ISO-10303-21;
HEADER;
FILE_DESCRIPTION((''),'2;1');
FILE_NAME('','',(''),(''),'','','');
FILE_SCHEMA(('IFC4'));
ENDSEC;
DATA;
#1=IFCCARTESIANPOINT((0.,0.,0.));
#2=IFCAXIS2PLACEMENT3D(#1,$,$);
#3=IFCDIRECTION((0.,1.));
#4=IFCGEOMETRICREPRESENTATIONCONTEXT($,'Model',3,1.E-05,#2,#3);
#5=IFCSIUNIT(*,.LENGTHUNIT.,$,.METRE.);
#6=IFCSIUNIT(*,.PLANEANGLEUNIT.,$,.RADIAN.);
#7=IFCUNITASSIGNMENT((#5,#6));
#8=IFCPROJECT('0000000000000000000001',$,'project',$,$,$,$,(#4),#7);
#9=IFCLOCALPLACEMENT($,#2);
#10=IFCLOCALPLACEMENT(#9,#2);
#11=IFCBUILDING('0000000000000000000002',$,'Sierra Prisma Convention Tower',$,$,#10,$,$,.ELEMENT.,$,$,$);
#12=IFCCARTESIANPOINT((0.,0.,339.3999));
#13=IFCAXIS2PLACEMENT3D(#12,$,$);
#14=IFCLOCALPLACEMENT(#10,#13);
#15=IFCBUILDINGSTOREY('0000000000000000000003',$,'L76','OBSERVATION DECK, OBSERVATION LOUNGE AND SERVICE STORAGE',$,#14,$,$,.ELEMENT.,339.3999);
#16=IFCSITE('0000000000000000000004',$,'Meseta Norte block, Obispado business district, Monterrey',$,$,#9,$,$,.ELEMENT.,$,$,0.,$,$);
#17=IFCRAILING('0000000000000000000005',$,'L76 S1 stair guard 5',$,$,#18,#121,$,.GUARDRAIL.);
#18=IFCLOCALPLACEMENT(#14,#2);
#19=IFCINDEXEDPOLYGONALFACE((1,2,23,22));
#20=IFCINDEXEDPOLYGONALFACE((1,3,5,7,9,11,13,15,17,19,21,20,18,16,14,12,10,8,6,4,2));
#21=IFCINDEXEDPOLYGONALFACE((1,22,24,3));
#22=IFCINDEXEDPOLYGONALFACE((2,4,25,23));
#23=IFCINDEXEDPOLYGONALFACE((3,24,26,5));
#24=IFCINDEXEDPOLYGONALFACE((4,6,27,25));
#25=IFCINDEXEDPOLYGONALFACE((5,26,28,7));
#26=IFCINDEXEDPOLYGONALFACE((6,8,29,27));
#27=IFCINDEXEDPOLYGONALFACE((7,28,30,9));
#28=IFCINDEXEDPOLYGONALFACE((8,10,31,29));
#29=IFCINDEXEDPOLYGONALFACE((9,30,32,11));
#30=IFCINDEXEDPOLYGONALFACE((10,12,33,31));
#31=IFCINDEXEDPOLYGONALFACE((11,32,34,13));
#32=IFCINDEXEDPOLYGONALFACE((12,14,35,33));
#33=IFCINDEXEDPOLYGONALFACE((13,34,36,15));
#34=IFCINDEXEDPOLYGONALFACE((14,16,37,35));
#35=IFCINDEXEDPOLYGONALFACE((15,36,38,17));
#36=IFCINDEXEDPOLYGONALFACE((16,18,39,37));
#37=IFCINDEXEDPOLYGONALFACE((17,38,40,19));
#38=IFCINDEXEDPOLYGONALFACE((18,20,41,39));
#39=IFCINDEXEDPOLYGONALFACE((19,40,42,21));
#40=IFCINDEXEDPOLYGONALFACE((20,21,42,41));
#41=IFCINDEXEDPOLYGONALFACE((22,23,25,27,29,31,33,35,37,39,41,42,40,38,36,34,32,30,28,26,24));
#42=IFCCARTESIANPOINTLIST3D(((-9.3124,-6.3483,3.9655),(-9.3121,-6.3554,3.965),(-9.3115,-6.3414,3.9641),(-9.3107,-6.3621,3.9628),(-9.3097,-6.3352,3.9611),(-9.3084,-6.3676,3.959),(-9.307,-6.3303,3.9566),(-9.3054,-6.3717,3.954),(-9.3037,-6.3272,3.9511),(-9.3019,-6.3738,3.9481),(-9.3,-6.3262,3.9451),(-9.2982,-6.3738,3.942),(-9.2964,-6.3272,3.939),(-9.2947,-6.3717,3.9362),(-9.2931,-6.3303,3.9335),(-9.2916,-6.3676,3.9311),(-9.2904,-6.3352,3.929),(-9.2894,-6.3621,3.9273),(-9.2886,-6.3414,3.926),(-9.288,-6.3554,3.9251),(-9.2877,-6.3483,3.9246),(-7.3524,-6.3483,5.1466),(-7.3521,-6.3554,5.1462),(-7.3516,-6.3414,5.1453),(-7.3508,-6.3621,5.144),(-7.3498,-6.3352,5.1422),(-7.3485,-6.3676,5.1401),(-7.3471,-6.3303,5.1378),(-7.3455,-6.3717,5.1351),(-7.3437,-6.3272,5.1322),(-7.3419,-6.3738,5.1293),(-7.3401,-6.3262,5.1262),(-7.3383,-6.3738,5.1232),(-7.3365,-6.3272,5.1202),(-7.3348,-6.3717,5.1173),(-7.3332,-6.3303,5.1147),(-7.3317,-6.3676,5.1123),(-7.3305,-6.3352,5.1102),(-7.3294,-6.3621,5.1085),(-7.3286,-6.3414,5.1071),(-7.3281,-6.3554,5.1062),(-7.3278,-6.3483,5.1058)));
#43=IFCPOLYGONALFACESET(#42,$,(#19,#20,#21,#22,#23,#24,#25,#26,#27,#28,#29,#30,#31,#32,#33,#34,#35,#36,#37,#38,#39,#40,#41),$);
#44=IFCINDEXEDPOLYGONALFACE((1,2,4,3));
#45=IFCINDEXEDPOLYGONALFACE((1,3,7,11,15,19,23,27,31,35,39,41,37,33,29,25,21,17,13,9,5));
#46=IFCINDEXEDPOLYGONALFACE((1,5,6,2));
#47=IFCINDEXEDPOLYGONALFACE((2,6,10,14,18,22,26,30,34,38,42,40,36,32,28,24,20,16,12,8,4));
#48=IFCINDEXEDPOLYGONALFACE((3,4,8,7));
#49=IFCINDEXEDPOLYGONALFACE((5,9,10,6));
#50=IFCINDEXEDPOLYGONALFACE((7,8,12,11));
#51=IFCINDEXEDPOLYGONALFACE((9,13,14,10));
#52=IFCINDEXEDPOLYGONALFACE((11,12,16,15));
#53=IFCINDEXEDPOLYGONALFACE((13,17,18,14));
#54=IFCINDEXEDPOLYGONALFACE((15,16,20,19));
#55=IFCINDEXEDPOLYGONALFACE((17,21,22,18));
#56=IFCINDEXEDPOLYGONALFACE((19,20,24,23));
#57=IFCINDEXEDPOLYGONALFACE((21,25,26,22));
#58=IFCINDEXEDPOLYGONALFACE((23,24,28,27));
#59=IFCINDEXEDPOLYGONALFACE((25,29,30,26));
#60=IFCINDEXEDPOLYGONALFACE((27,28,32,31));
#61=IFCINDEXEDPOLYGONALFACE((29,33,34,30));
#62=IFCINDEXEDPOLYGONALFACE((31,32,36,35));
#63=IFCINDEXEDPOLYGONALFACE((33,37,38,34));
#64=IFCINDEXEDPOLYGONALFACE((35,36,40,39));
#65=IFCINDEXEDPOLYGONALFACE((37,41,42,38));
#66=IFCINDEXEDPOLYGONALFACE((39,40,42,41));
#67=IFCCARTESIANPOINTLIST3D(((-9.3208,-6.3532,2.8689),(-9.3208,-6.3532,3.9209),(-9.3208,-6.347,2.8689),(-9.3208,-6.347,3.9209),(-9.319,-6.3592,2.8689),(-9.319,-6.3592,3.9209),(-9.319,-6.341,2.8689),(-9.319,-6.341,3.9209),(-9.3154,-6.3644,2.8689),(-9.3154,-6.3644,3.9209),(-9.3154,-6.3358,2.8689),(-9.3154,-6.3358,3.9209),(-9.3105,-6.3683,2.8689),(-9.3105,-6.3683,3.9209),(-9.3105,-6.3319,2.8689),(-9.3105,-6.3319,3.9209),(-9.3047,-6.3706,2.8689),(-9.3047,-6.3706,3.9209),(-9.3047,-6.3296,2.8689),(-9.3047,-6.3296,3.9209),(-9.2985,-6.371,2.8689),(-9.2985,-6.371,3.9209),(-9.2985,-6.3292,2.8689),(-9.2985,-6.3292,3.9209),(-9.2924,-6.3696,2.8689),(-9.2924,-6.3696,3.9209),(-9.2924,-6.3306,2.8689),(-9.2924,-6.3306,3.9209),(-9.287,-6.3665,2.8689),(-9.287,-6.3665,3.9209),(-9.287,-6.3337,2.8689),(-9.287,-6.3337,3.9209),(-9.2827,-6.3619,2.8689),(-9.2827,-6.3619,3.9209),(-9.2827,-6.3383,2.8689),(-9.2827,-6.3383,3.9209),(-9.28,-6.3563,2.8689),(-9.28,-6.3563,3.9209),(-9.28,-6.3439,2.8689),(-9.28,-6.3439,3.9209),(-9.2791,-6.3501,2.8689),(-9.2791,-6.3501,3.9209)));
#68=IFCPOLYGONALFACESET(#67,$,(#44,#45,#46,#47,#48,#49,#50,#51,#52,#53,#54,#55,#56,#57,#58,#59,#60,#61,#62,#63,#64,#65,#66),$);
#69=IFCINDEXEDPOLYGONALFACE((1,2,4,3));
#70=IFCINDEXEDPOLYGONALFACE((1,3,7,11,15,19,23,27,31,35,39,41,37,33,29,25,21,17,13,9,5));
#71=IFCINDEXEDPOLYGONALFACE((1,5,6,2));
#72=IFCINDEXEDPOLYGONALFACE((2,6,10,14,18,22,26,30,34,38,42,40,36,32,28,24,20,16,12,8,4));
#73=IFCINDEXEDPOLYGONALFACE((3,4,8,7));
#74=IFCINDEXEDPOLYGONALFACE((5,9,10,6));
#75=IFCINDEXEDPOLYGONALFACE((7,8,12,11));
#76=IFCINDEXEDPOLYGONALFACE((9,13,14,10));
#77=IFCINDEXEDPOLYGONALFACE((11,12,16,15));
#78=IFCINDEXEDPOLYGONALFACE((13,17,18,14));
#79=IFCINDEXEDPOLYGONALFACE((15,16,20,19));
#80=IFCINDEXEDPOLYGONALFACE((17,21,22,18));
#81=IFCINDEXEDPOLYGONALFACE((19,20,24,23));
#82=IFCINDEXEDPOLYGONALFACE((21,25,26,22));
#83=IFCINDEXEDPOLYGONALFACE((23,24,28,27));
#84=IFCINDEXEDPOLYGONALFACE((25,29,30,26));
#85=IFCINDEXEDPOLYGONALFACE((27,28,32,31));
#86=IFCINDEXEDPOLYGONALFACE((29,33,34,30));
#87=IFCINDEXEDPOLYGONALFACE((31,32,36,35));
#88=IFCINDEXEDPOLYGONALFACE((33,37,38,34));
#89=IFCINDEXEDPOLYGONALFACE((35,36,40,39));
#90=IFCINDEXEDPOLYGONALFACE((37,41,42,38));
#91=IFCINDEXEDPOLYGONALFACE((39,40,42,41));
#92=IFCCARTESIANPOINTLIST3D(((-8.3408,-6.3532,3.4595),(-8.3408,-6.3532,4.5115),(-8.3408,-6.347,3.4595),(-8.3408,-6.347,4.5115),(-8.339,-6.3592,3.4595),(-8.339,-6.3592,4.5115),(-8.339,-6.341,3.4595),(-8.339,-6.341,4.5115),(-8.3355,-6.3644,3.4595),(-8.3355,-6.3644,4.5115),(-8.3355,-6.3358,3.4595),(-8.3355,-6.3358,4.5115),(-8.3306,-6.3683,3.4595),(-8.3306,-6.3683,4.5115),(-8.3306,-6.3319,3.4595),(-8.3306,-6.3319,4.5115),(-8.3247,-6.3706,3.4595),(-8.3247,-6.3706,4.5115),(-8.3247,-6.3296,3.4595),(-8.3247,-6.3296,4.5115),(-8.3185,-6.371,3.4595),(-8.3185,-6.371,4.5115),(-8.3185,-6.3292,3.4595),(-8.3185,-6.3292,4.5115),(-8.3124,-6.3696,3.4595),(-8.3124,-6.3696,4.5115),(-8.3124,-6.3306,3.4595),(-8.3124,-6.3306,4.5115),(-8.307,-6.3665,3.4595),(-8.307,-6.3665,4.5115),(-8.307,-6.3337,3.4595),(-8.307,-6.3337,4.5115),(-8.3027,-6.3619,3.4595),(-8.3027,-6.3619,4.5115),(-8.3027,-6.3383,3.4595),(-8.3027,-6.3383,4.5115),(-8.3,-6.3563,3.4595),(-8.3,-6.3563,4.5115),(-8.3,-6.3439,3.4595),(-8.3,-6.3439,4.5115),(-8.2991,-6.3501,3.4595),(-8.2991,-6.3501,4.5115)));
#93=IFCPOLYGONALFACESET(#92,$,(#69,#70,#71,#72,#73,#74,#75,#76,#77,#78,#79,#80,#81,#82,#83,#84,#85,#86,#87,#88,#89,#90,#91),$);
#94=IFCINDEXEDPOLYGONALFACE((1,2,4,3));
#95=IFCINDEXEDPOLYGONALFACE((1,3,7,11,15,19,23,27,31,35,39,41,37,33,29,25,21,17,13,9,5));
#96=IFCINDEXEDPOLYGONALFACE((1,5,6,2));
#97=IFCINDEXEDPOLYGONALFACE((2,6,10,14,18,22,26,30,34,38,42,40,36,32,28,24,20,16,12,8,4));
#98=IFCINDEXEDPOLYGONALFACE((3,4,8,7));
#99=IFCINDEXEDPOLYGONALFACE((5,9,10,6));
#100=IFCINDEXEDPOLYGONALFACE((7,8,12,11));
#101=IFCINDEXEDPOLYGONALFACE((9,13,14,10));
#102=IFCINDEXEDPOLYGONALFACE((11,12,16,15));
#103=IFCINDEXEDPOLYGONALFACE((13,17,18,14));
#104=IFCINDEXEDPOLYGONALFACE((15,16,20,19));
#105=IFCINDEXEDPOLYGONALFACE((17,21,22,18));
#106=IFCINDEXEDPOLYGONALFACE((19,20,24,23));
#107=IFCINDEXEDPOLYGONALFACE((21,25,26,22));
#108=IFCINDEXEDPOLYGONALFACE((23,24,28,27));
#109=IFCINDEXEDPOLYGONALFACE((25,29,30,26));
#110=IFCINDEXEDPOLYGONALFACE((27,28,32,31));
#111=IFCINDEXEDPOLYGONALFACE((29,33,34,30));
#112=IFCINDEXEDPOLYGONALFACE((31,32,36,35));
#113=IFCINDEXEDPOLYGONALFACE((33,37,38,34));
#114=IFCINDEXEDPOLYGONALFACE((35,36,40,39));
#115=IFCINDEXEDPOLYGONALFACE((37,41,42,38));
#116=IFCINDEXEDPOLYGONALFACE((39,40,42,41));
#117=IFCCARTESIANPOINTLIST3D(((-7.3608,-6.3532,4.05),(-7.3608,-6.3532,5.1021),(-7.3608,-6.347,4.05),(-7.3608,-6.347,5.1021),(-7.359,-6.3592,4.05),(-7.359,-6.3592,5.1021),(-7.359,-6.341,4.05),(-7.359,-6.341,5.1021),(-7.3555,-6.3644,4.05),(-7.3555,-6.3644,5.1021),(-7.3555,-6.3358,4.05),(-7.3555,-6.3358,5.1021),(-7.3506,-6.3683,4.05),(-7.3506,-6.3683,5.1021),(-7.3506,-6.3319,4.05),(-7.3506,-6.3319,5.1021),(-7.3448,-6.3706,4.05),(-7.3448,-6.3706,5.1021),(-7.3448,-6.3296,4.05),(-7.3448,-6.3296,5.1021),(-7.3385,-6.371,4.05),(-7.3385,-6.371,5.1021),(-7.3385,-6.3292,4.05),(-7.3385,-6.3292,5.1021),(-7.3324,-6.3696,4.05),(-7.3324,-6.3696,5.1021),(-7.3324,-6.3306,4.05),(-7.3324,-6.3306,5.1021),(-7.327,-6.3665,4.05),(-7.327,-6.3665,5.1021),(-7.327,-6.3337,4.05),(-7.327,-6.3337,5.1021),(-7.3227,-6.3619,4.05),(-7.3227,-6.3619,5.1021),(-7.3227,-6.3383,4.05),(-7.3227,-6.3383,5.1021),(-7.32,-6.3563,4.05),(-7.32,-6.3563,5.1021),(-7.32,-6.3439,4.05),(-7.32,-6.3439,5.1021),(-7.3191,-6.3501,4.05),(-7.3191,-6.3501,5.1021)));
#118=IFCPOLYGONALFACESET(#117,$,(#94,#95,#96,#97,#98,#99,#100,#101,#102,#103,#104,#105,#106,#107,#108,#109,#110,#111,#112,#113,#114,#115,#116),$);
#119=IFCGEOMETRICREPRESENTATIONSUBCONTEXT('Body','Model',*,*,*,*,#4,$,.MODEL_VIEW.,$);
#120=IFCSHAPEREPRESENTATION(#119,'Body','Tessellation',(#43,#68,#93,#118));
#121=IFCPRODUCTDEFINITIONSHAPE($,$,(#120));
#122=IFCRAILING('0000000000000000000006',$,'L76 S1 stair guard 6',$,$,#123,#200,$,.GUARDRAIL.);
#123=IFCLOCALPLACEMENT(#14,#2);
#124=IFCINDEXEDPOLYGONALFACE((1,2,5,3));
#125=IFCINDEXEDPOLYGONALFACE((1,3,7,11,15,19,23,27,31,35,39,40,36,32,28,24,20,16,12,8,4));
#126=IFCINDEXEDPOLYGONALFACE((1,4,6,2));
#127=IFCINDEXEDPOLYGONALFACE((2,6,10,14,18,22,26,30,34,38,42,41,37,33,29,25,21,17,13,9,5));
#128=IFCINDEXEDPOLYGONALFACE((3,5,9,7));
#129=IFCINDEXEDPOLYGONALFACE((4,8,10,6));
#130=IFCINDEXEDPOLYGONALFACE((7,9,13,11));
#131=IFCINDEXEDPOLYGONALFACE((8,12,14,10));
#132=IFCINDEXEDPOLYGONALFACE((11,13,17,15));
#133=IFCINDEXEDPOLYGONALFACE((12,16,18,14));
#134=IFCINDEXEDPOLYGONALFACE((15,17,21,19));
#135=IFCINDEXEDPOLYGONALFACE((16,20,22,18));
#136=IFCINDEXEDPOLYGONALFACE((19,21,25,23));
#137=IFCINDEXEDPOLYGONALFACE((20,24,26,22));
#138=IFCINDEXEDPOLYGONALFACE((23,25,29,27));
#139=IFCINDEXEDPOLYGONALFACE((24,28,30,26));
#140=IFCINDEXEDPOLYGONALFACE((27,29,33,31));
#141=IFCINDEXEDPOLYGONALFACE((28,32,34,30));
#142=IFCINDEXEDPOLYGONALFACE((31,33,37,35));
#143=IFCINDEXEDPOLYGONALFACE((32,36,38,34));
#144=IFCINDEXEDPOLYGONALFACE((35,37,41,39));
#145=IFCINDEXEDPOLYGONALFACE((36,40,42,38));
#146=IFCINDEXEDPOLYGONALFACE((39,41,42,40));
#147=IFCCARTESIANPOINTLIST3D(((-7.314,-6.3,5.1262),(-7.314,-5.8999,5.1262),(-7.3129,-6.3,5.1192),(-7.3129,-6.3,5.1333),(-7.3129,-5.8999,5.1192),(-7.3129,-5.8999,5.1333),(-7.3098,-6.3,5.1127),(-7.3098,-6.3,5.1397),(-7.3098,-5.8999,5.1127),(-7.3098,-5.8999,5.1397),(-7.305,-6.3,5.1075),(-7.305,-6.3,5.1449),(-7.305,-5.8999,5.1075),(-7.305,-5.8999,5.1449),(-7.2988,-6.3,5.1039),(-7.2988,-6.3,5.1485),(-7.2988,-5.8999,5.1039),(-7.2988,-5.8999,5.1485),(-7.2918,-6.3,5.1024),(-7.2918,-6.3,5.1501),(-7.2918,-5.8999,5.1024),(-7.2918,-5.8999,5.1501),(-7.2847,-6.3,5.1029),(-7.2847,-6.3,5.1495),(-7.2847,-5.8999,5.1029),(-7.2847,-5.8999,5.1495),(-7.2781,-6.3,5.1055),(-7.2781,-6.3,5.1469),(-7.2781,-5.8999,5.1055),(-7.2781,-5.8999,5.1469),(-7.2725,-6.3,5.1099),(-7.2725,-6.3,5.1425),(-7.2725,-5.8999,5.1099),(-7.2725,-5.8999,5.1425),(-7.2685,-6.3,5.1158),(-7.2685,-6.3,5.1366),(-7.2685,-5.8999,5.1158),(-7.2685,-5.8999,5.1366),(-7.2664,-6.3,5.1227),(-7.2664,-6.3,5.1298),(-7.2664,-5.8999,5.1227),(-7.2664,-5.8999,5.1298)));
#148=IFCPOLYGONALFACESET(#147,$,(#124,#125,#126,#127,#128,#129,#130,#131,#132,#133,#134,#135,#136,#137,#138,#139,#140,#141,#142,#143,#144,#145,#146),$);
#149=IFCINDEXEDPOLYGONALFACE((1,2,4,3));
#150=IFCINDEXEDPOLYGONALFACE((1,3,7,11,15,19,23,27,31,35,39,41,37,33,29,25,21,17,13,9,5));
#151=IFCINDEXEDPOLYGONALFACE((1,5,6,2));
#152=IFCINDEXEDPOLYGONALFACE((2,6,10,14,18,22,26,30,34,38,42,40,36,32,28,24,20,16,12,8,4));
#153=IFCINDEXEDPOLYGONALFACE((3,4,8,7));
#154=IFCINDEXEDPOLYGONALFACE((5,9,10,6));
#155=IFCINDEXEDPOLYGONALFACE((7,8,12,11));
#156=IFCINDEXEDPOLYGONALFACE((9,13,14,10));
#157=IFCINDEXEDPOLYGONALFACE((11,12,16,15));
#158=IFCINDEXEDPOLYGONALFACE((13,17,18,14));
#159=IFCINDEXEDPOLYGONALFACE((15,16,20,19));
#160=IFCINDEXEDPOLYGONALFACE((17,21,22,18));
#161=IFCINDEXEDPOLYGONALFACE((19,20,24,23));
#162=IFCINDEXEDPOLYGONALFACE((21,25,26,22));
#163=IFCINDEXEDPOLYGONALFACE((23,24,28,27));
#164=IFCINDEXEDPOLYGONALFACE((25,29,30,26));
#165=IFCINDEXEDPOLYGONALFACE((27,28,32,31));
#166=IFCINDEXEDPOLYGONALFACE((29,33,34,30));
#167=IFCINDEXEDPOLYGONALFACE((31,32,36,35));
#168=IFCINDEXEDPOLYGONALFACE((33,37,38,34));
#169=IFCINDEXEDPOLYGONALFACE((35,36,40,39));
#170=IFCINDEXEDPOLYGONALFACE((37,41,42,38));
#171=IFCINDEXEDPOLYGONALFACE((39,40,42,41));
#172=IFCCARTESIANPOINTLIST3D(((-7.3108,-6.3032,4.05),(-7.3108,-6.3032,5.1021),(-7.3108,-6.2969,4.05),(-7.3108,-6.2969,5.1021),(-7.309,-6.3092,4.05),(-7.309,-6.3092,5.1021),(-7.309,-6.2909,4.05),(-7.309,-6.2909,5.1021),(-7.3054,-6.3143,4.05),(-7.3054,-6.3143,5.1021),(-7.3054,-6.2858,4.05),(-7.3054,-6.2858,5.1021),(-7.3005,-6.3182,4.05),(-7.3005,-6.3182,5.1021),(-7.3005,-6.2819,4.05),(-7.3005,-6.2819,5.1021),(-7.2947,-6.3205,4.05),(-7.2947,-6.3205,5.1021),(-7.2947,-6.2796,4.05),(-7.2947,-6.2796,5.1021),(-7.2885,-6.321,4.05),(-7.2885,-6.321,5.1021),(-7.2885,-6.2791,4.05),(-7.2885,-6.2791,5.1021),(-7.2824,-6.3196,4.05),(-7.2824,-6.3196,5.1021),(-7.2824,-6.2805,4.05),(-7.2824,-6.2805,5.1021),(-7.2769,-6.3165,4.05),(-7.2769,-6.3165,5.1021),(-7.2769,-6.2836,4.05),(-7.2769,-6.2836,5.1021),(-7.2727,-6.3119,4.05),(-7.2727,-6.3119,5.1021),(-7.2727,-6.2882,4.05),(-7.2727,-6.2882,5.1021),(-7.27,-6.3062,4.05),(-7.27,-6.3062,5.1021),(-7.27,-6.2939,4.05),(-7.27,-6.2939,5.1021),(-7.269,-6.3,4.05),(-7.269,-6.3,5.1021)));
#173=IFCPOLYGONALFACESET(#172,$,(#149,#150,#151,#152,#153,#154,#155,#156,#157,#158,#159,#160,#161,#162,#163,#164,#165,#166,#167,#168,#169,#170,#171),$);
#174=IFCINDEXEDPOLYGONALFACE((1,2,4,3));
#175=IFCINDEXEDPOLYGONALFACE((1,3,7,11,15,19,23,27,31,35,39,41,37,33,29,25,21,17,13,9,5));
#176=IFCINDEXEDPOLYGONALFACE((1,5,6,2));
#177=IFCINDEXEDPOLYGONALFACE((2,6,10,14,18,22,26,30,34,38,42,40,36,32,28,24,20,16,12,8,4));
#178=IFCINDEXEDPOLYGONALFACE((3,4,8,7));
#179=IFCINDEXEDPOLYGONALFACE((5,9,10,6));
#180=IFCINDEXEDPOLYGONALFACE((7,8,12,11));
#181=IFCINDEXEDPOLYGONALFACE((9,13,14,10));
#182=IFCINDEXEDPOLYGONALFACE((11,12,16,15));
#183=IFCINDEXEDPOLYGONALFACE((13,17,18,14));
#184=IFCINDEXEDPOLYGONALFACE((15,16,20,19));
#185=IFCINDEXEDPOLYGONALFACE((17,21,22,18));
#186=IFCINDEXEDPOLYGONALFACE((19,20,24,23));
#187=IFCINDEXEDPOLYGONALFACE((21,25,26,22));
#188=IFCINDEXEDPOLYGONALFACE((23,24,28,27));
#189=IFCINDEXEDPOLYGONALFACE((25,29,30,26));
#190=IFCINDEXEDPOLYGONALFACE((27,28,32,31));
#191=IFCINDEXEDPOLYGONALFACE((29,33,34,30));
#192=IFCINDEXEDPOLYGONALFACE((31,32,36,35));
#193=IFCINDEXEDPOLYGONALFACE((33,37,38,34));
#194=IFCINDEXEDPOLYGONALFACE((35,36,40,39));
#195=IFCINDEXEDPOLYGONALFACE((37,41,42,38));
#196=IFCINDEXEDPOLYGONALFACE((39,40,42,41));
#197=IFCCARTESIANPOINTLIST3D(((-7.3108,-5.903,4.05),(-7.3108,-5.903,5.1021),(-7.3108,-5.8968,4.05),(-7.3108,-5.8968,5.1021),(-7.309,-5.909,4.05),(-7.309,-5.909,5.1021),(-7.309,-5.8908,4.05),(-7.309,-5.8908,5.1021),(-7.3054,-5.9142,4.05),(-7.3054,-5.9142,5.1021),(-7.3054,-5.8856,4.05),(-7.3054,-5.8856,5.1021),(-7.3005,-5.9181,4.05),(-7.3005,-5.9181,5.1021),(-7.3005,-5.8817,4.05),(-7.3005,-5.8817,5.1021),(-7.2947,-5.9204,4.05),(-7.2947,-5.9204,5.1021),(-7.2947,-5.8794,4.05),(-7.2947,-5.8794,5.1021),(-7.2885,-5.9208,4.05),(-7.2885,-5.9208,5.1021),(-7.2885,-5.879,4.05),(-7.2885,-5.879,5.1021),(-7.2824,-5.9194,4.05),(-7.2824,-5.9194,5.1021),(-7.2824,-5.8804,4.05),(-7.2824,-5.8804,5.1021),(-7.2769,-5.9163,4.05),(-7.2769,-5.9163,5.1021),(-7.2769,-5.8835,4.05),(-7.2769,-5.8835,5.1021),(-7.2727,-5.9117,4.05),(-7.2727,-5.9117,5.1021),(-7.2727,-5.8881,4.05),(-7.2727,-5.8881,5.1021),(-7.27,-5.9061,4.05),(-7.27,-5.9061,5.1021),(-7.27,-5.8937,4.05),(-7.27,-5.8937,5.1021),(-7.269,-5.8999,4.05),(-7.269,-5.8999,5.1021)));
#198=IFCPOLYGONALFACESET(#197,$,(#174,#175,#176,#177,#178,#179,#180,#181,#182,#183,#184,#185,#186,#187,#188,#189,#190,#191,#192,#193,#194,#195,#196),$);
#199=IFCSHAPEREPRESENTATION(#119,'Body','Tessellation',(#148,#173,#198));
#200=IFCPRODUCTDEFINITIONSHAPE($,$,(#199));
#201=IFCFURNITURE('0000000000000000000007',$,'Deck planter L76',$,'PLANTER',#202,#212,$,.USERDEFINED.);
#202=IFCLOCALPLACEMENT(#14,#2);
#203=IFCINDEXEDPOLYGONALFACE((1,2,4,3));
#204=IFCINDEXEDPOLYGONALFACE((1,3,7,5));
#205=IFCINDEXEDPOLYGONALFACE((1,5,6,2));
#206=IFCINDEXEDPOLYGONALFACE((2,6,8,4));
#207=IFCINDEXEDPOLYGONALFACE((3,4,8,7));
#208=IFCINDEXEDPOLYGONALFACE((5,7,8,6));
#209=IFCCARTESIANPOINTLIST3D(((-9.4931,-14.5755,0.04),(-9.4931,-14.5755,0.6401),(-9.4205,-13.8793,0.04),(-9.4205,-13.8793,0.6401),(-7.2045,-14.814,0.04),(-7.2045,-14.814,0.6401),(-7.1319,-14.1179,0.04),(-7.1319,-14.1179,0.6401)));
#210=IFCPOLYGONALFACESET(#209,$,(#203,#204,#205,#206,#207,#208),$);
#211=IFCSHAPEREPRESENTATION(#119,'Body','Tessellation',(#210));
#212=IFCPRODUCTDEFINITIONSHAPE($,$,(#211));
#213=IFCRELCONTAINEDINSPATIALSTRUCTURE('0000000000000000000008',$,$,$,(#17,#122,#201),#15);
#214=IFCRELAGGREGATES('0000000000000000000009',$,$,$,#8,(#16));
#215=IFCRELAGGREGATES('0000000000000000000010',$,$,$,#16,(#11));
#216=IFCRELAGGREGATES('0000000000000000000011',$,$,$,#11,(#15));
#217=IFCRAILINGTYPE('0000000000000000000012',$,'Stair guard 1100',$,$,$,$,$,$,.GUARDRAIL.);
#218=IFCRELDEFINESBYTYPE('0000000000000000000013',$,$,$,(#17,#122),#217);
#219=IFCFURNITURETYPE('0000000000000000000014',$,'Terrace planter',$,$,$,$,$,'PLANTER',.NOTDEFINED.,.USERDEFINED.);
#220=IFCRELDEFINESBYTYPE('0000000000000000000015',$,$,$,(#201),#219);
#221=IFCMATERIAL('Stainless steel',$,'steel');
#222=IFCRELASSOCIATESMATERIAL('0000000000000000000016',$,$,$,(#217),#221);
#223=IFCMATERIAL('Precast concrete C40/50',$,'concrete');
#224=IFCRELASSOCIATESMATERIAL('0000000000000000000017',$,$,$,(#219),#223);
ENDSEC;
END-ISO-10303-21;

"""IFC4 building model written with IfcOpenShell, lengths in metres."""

from ifc_helpers import new_model, si_unit, direction, frame, origin, origin_2d, place, context, subcontext, project, spatial, rectangle, circle, extrude, material, type_object, element, save


model = new_model("IFC4")

# Units and contexts
model_context = context("Model", 3, precision=1e-05, world=origin(), true_north=direction((0.0, 1.0)))
body_context = subcontext(model_context, "Body", "Model", "MODEL_VIEW")
ifc_project = project(units=[si_unit("LENGTHUNIT", "METRE"), si_unit("PLANEANGLEUNIT", "RADIAN")], contexts=[model_context])

# Site, building, storey
site_placement = place(None, origin())
site = spatial("IfcSite", under=ifc_project, at=site_placement, Name="Meseta Norte block, Obispado business district, Monterrey", CompositionType="ELEMENT", RefElevation=0.0)
building_placement = place(site_placement, origin())
building = spatial("IfcBuilding", under=site, at=building_placement, Name="Sierra Prisma Convention Tower", CompositionType="ELEMENT")
storey_placement = place(building_placement, frame((0.0, 0.0, 339.3999)))
storey = spatial("IfcBuildingStorey", under=building, at=storey_placement, Name="L76", Description="OBSERVATION DECK, OBSERVATION LOUNGE AND SERVICE STORAGE", CompositionType="ELEMENT", Elevation=339.3999)

# Railings
ifc_material_1 = material(Name="Stainless steel", Category="steel")
railing_type = type_object("IfcRailingType", Name="Stair guard 1100", PredefinedType="GUARDRAIL", material=ifc_material_1)
railing_1_placement = place(storey_placement, frame((-9.3, -6.3501, 2.8689)))
element("IfcRailing", 1, at=railing_1_placement, inside=storey, type_object=railing_type, Name="L76 S1 stair guard 5", PredefinedType="GUARDRAIL", context=body_context, shape_type="SweptSolid", body=[
    extrude(circle(Radius=0.0239, at=origin_2d()), frame((0.0, 0.0, 1.0762), z_axis=(0.856493, 0.0, 0.516158), x_axis=(0.0, 1.0, 0.0)), (0.0, 0.0, 1.0), 2.2883),
    extrude(circle(Radius=0.021, at=origin_2d()), origin(), (0.0, 0.0, 1.0), 1.052),
    extrude(circle(Radius=0.021, at=origin_2d()), frame((0.98, 0.0, 0.5906)), (0.0, 0.0, 1.0), 1.052),
    extrude(circle(Radius=0.021, at=origin_2d()), frame((1.96, 0.0, 1.1812)), (0.0, 0.0, 1.0), 1.052),
])
railing_2_placement = place(storey_placement, frame((-7.29, -6.3, 4.05)))
element("IfcRailing", 2, at=railing_2_placement, inside=storey, type_object=railing_type, Name="L76 S1 stair guard 6", PredefinedType="GUARDRAIL", context=body_context, shape_type="SweptSolid", body=[
    extrude(circle(Radius=0.0239, at=origin_2d()), frame((0.0, 0.0, 1.0762), z_axis=(0.0, 1.0, 0.0), x_axis=(-1.0, 0.0, 0.0)), (0.0, 0.0, 1.0), 0.4001),
    extrude(circle(Radius=0.021, at=origin_2d()), origin(), (0.0, 0.0, 1.0), 1.052),
    extrude(circle(Radius=0.021, at=origin_2d()), frame((0.0, 0.4001, 0.0)), (0.0, 0.0, 1.0), 1.052),
])

# Furniture
ifc_material_2 = material(Name="Precast concrete C40/50", Category="concrete")
furniture_type = type_object("IfcFurnitureType", Name="Terrace planter", ElementType="PLANTER", AssemblyPlace="NOTDEFINED", PredefinedType="USERDEFINED", material=ifc_material_2)
for number, where, z_axis, x_axis, name in (
    (3, (-8.3125, -14.3467, 0.04), (0.0, 0.0, 1.0), (0.994613, -0.10366, 0.0), "Deck planter L76"),
):
    element("IfcFurniture", number, at=place(storey_placement, frame(where, z_axis=z_axis, x_axis=x_axis)), inside=storey, type_object=furniture_type, Name=name, ObjectType="PLANTER", PredefinedType="USERDEFINED", context=body_context, shape_type="SweptSolid", body=[
        extrude(rectangle(XDim=2.301, YDim=0.7, at=origin_2d()), origin(), (0.0, 0.0, 1.0), 0.6001),
    ])

save(model, "model.ifc")
